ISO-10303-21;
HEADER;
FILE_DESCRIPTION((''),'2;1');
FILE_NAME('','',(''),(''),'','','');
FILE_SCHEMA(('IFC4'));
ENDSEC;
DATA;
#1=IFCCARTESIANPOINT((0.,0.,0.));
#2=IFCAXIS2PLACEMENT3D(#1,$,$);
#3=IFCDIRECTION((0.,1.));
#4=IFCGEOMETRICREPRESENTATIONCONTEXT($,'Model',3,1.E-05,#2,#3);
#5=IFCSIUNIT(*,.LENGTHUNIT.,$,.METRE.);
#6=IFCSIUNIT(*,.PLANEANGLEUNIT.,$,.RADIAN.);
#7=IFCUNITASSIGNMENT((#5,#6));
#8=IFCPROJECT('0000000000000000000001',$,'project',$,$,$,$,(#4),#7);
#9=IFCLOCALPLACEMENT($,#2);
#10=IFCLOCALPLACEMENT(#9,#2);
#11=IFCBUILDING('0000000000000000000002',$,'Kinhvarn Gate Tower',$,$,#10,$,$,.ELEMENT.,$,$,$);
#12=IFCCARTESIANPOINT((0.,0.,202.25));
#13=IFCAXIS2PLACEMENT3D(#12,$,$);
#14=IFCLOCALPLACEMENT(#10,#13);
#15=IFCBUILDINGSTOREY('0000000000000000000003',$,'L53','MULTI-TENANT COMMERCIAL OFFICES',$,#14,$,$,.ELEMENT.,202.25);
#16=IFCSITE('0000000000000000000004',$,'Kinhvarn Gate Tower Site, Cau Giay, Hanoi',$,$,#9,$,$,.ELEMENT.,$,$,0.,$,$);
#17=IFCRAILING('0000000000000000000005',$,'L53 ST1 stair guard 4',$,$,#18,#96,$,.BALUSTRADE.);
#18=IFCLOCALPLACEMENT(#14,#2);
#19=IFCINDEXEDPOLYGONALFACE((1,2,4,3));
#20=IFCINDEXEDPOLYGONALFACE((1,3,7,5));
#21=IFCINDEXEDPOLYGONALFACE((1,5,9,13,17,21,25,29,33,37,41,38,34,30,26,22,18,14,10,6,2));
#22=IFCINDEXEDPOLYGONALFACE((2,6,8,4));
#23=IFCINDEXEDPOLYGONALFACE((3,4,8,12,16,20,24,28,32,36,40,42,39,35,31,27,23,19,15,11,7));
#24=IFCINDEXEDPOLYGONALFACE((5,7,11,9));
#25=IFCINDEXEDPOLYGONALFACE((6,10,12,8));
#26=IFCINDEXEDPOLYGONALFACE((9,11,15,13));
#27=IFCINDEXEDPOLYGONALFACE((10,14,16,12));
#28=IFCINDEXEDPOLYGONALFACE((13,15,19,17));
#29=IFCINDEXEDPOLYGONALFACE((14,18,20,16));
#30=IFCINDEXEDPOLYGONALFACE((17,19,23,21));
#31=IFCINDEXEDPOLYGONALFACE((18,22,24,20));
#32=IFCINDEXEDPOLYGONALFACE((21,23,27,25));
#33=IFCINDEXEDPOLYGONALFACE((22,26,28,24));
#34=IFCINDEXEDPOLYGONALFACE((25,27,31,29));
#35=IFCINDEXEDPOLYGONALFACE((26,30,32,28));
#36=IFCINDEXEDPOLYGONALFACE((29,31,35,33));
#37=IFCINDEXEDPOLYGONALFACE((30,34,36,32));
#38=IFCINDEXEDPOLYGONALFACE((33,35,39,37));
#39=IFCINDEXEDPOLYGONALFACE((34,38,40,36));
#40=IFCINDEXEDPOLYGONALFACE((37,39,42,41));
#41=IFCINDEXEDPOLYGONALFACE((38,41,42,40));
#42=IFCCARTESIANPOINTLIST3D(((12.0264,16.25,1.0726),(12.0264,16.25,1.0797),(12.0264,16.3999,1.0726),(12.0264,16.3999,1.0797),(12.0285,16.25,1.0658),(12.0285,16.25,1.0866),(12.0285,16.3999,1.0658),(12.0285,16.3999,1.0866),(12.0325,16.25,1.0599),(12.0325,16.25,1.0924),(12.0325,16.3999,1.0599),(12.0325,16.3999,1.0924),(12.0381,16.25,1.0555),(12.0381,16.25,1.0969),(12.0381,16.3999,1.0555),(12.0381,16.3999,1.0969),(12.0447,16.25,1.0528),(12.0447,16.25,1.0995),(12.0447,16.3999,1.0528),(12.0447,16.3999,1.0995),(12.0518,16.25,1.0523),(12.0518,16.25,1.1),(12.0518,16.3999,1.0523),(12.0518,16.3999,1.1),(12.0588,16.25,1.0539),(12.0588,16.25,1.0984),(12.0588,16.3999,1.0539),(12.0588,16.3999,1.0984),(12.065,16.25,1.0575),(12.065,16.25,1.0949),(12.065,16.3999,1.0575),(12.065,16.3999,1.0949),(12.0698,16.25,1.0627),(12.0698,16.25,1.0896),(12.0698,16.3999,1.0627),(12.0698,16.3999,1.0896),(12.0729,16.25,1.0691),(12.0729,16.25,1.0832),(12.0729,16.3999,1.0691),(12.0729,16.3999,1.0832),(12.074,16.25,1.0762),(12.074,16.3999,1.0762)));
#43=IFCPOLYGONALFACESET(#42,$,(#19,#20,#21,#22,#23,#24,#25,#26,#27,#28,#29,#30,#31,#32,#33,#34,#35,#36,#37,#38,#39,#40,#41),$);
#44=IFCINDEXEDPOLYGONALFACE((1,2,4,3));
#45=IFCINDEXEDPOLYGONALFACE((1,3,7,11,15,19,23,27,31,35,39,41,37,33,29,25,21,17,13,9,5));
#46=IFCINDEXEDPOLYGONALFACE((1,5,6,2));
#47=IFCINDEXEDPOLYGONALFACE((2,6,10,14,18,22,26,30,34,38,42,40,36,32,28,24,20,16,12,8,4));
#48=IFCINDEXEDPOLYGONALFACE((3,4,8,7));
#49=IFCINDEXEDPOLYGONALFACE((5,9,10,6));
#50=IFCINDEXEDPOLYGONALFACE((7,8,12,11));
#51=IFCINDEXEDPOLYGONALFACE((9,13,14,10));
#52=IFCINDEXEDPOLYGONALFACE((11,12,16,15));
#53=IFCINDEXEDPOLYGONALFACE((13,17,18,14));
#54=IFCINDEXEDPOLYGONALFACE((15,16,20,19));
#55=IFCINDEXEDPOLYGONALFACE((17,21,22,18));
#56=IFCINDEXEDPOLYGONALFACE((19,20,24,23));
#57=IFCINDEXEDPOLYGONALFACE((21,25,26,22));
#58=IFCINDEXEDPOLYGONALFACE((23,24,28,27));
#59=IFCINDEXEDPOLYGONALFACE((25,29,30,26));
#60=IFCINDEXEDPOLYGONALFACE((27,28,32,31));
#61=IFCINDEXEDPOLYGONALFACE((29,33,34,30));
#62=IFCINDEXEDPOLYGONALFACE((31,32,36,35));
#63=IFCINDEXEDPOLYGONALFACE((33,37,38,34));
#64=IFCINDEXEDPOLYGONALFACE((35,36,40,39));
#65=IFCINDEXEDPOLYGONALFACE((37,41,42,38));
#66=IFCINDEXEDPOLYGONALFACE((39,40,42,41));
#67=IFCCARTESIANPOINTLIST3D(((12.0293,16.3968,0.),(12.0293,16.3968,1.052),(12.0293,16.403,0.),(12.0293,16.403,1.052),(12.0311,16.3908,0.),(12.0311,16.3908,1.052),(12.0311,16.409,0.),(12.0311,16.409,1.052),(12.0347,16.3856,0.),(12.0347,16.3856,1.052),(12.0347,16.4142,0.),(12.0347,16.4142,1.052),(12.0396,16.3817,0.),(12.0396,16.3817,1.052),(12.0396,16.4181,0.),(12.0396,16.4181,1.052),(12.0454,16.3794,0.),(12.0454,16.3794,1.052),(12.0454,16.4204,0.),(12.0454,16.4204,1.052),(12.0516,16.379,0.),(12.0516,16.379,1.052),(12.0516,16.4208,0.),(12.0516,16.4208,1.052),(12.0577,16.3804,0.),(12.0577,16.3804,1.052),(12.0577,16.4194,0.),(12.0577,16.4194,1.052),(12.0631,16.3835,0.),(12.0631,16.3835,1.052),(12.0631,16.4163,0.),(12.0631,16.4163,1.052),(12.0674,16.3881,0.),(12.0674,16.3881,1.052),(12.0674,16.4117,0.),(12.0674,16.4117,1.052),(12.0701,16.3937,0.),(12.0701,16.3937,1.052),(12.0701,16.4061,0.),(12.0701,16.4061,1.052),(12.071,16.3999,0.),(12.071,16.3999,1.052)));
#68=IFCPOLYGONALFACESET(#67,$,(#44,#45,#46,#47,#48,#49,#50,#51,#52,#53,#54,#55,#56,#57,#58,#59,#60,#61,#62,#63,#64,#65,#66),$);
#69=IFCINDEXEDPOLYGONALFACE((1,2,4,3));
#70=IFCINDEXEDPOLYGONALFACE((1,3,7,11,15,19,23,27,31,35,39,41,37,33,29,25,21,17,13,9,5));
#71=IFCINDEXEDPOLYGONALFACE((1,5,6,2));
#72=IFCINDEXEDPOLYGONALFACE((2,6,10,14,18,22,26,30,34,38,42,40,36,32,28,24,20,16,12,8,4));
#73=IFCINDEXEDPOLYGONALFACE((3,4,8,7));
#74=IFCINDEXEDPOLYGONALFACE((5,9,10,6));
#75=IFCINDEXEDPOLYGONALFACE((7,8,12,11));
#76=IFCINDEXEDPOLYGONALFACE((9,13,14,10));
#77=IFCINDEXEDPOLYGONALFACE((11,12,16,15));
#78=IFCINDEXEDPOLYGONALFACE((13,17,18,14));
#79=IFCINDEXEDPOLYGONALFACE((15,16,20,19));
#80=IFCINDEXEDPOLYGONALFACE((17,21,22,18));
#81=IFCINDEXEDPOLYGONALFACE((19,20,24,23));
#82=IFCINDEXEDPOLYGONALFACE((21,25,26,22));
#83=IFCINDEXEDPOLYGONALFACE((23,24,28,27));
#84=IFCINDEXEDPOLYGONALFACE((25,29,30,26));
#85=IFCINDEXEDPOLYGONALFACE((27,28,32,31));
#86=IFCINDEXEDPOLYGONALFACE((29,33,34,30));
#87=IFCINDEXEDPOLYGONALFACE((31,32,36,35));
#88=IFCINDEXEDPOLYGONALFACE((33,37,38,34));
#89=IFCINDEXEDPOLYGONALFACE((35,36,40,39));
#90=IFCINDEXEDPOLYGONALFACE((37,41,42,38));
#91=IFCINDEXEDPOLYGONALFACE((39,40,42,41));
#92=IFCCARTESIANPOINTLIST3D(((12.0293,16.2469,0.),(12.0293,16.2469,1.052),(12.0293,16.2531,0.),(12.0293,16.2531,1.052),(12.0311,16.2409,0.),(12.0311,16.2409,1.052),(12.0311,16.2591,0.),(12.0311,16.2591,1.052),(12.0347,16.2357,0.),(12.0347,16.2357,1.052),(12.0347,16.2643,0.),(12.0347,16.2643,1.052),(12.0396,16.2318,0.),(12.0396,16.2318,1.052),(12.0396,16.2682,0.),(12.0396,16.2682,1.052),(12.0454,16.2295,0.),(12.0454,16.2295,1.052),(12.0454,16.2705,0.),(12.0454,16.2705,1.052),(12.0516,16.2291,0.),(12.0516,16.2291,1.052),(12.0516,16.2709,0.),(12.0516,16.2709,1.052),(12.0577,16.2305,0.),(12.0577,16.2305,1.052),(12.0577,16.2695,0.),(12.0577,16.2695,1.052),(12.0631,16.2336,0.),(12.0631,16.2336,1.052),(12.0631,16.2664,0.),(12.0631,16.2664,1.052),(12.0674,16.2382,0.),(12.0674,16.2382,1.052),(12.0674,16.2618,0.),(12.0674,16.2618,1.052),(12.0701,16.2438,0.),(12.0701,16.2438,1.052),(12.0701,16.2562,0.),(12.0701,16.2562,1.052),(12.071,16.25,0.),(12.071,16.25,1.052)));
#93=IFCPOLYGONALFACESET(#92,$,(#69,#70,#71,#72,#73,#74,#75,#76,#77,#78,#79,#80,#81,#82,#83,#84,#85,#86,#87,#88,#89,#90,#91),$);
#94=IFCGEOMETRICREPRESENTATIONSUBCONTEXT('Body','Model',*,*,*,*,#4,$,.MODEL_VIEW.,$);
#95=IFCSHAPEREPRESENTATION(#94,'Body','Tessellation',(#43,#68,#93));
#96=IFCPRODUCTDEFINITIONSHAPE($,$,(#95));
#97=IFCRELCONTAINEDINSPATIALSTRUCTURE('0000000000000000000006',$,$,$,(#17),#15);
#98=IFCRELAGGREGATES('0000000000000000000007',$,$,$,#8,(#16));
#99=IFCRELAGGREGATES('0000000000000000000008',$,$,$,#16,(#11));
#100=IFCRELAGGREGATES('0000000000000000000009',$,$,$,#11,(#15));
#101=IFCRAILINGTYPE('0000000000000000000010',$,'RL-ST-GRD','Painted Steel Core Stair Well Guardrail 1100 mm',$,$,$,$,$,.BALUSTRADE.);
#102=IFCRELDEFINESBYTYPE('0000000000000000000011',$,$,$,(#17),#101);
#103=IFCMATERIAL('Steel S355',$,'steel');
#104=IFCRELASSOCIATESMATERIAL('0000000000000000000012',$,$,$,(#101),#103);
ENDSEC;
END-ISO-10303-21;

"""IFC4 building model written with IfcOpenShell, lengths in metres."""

from ifc_helpers import new_model, si_unit, direction, frame, origin, origin_2d, place, context, subcontext, project, spatial, circle, extrude, material, type_object, element, save


model = new_model("IFC4")

# Units and contexts
model_context = context("Model", 3, precision=1e-05, world=origin(), true_north=direction((0.0, 1.0)))
body_context = subcontext(model_context, "Body", "Model", "MODEL_VIEW")
ifc_project = project(units=[si_unit("LENGTHUNIT", "METRE"), si_unit("PLANEANGLEUNIT", "RADIAN")], contexts=[model_context])

# Site, building, storey
site_placement = place(None, origin())
site = spatial("IfcSite", under=ifc_project, at=site_placement, Name="Kinhvarn Gate Tower Site, Cau Giay, Hanoi", CompositionType="ELEMENT", RefElevation=0.0)
building_placement = place(site_placement, origin())
building = spatial("IfcBuilding", under=site, at=building_placement, Name="Kinhvarn Gate Tower", CompositionType="ELEMENT")
storey_placement = place(building_placement, frame((0.0, 0.0, 202.25)))
storey = spatial("IfcBuildingStorey", under=building, at=storey_placement, Name="L53", Description="MULTI-TENANT COMMERCIAL OFFICES", CompositionType="ELEMENT", Elevation=202.25)

# Shared definitions
ifc_material_1 = material(Name="Steel S355", Category="steel")

# Railing
railing_type_1 = type_object("IfcRailingType", Name="RL-ST-GRD", Description="Painted Steel Core Stair Well Guardrail 1100 mm", PredefinedType="BALUSTRADE", material=ifc_material_1)
railing_1_placement = place(storey_placement, frame((12.05, 16.3999, 0.0)))
element("IfcRailing", 1, at=railing_1_placement, inside=storey, type_object=railing_type_1, Name="L53 ST1 stair guard 4", PredefinedType="BALUSTRADE", context=body_context, shape_type="SweptSolid", body=[
    extrude(circle(Radius=0.0239, at=origin_2d()), frame((0.0, 0.0, 1.0762), z_axis=(0.0, -1.0, 0.0), x_axis=(1.0, 0.0, 0.0)), (0.0, 0.0, 1.0), 0.1499),
    extrude(circle(Radius=0.021, at=origin_2d()), origin(), (0.0, 0.0, 1.0), 1.052),
    extrude(circle(Radius=0.021, at=origin_2d()), frame((0.0, -0.1499, 0.0)), (0.0, 0.0, 1.0), 1.052),
])

save(model, "model.ifc")
